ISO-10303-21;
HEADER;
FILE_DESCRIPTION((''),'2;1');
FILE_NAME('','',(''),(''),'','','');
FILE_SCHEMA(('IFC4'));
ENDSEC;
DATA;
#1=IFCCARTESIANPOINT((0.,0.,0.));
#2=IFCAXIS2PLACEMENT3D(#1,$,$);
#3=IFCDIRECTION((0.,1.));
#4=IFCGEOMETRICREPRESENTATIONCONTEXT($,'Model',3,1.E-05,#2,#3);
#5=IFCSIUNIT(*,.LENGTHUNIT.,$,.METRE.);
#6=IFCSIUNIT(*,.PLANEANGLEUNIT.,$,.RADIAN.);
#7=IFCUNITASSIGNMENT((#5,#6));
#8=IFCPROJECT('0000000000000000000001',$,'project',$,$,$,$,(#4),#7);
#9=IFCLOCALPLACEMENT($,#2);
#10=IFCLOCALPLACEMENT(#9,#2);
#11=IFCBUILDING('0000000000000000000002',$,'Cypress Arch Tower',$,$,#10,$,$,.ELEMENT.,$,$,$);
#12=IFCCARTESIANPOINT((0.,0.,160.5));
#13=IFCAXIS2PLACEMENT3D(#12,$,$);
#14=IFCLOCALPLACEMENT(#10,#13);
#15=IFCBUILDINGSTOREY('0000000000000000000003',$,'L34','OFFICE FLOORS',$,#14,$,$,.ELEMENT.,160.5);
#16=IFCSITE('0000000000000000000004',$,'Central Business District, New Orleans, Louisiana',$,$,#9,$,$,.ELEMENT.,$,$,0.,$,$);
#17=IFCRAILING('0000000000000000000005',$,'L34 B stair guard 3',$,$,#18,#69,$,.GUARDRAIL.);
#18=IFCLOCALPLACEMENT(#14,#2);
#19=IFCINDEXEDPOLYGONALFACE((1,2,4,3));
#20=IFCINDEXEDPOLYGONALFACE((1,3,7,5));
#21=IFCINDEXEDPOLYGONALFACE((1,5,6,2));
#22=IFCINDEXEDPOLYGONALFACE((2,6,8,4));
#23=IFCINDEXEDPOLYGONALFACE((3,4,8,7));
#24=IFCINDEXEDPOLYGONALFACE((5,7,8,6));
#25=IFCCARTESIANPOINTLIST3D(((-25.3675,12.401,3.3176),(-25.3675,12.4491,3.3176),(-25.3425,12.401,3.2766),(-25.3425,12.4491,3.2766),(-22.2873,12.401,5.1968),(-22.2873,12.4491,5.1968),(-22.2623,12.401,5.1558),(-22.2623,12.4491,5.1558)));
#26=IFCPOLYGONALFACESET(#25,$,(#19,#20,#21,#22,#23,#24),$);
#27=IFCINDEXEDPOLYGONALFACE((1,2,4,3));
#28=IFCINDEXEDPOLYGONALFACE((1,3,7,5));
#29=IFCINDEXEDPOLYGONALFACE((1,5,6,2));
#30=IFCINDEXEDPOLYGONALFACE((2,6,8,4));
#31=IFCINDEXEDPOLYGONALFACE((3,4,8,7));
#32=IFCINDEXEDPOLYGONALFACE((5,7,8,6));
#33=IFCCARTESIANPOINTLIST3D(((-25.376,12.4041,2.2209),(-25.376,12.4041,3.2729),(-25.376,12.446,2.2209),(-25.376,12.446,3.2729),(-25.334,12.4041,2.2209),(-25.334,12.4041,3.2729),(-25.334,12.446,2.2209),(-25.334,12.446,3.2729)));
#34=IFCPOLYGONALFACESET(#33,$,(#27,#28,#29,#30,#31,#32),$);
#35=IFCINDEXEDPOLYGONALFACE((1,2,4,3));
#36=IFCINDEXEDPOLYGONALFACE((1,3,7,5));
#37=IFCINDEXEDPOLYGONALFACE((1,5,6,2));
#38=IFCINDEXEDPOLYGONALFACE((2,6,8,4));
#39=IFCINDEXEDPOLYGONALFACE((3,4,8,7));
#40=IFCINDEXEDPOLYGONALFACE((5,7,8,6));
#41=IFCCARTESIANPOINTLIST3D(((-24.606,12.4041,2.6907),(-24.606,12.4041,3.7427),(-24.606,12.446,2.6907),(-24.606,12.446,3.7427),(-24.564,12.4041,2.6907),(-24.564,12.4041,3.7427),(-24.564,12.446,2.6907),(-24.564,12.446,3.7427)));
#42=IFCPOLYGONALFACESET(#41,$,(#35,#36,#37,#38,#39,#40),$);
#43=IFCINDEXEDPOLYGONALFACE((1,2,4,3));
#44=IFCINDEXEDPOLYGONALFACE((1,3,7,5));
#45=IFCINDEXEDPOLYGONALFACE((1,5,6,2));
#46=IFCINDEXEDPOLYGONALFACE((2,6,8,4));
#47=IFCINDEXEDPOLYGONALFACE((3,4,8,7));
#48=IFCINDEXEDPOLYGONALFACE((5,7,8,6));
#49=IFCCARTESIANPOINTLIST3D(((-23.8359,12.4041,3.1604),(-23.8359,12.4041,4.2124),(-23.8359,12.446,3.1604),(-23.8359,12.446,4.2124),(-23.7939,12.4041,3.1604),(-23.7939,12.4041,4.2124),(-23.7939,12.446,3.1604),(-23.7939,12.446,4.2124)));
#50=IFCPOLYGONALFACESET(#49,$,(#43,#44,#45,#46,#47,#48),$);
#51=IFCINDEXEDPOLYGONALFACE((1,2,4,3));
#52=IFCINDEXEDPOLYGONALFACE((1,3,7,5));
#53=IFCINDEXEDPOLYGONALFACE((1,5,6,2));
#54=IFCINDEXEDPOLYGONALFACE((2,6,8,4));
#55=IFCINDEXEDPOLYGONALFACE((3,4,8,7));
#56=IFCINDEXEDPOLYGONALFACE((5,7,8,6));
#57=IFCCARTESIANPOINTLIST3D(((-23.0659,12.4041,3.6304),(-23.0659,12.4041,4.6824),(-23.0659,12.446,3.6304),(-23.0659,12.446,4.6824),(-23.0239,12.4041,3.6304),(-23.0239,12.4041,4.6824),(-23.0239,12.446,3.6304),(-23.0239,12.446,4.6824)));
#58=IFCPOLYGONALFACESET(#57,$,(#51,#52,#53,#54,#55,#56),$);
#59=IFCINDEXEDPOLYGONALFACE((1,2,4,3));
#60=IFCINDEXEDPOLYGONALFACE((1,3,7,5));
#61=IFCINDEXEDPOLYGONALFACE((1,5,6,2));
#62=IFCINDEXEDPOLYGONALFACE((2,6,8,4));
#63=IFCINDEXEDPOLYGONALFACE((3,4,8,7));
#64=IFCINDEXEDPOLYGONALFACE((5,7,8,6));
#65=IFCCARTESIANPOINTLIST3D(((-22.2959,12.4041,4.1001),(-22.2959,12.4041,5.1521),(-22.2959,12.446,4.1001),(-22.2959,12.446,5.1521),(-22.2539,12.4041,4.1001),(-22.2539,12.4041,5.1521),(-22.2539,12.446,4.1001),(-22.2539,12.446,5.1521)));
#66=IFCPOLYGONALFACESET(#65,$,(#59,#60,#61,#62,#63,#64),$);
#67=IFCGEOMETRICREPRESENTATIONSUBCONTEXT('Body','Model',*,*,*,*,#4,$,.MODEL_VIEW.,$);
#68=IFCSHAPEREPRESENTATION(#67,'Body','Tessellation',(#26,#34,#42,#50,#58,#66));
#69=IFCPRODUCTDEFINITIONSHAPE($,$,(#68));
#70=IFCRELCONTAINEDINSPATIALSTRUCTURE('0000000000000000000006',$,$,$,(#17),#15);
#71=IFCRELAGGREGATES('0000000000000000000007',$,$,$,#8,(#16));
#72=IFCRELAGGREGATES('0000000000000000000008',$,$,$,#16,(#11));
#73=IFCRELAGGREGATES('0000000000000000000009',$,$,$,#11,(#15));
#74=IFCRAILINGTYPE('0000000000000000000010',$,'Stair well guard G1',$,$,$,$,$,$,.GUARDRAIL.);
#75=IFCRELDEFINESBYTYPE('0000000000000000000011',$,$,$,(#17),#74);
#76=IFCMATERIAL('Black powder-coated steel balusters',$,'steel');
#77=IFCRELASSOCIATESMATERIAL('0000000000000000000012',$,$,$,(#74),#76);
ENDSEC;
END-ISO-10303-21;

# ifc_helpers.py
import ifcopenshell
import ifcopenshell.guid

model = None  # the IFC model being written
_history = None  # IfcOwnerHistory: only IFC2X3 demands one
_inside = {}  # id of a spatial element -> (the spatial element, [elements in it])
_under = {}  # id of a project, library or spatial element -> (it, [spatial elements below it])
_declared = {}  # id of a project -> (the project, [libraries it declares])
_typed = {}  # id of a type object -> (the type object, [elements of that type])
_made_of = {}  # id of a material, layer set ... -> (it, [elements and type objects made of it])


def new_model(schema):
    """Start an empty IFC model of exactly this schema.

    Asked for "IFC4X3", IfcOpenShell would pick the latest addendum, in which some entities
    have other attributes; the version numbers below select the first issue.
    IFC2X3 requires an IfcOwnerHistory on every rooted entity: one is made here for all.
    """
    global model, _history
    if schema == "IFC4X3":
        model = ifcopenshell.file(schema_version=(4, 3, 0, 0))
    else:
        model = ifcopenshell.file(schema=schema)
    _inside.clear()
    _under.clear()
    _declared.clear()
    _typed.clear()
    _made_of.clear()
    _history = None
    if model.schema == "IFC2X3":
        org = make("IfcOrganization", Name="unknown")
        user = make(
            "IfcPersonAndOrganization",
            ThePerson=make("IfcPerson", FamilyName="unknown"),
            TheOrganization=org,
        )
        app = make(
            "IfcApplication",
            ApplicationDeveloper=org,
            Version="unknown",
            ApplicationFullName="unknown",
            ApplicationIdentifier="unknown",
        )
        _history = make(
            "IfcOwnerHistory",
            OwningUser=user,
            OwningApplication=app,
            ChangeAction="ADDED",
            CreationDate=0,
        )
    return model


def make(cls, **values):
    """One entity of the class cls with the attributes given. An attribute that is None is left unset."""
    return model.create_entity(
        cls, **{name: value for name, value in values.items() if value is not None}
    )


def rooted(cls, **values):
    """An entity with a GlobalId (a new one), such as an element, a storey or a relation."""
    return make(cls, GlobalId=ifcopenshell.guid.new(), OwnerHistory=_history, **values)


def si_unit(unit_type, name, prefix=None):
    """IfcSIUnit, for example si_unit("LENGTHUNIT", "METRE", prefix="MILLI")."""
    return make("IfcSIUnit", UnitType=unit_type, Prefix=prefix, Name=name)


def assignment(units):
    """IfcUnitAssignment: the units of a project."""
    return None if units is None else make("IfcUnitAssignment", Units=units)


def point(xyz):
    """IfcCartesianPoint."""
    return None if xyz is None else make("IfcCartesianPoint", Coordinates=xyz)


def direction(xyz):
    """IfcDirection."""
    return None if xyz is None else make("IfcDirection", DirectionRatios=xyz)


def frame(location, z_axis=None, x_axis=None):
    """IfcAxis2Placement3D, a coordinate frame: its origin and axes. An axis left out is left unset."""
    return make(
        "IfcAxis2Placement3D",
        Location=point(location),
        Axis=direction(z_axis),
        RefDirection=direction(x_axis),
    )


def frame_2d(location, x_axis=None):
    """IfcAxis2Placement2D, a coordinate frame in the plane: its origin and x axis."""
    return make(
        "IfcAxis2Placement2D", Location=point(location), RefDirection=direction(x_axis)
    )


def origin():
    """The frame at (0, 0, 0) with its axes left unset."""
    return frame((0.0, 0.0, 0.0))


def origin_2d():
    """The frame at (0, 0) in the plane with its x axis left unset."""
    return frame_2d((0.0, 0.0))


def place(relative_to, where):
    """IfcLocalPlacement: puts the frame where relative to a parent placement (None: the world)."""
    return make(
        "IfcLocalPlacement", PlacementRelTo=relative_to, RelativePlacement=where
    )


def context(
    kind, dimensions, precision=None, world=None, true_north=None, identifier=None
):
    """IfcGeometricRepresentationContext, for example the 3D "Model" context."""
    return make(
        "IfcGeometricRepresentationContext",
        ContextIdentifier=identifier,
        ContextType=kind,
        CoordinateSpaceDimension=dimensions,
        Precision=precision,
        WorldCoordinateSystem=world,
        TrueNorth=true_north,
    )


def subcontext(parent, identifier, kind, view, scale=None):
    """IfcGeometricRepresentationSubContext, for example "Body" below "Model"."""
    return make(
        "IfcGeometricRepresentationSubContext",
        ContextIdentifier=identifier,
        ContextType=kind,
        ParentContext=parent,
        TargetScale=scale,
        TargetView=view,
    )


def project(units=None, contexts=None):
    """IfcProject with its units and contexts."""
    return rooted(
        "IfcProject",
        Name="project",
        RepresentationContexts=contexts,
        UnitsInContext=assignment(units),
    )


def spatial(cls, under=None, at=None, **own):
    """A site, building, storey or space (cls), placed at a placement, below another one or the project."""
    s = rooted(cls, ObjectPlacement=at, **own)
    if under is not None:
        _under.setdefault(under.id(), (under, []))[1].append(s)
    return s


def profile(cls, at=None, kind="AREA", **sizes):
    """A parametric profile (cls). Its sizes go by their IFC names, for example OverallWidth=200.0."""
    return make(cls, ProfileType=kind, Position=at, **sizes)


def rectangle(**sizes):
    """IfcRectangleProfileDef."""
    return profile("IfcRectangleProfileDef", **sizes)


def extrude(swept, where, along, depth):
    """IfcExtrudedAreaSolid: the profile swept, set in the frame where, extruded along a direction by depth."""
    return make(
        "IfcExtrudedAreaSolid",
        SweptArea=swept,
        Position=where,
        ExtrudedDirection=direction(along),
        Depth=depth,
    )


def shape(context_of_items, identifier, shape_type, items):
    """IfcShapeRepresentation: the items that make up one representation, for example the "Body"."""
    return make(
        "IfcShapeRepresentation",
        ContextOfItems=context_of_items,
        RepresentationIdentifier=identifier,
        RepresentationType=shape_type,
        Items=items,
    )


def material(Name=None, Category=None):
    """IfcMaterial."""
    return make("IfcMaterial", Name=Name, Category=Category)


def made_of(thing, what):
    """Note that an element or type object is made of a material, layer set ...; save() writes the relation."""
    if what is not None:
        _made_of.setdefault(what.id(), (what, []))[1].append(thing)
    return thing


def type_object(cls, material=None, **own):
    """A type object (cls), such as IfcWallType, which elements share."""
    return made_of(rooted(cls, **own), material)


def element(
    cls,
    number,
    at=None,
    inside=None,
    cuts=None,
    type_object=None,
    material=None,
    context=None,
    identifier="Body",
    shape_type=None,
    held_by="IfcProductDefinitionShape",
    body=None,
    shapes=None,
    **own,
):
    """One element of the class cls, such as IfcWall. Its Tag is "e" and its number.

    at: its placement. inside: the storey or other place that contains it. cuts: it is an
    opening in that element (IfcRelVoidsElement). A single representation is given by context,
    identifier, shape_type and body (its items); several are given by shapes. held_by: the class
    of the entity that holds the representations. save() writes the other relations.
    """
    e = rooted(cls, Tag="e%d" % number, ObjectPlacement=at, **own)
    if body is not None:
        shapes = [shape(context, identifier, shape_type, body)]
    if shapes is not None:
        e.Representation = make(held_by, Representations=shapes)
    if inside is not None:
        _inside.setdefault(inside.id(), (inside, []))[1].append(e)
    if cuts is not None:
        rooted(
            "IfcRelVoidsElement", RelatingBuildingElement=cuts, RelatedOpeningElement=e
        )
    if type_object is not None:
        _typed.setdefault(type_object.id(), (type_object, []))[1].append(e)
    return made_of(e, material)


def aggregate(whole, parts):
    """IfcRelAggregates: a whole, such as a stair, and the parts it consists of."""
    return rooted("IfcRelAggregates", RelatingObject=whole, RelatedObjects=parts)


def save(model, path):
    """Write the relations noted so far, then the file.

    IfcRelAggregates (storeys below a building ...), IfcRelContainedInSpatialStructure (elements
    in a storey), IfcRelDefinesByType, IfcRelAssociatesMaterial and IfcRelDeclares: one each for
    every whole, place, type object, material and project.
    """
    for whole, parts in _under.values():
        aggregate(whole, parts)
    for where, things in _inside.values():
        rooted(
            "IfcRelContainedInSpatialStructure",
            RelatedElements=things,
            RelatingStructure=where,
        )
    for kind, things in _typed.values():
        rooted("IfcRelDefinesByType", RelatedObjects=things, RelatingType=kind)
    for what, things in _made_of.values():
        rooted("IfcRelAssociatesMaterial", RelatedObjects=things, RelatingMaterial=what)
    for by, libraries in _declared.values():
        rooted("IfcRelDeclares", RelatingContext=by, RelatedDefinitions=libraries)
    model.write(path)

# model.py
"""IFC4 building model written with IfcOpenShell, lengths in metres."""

from ifc_helpers import new_model, si_unit, direction, frame, origin, origin_2d, place, context, subcontext, project, spatial, rectangle, extrude, material, type_object, element, save


model = new_model("IFC4")

# Units and contexts
model_context = context("Model", 3, precision=1e-05, world=origin(), true_north=direction((0.0, 1.0)))
body_context = subcontext(model_context, "Body", "Model", "MODEL_VIEW")
ifc_project = project(units=[si_unit("LENGTHUNIT", "METRE"), si_unit("PLANEANGLEUNIT", "RADIAN")], contexts=[model_context])

# Site, building, storey
site_placement = place(None, origin())
site = spatial("IfcSite", under=ifc_project, at=site_placement, Name="Central Business District, New Orleans, Louisiana", CompositionType="ELEMENT", RefElevation=0.0)
building_placement = place(site_placement, origin())
building = spatial("IfcBuilding", under=site, at=building_placement, Name="Cypress Arch Tower", CompositionType="ELEMENT")
storey_placement = place(building_placement, frame((0.0, 0.0, 160.5)))
storey = spatial("IfcBuildingStorey", under=building, at=storey_placement, Name="L34", Description="OFFICE FLOORS", CompositionType="ELEMENT", Elevation=160.5)

# Railing
ifc_material_1 = material(Name="Black powder-coated steel balusters", Category="steel")
railing_type_1 = type_object("IfcRailingType", Name="Stair well guard G1", PredefinedType="GUARDRAIL", material=ifc_material_1)
railing_1_placement = place(storey_placement, frame((-25.355, 12.425, 2.2209)))
element("IfcRailing", 1, at=railing_1_placement, inside=storey, type_object=railing_type_1, Name="L34 B stair guard 3", PredefinedType="GUARDRAIL", context=body_context, shape_type="SweptSolid", body=[
    extrude(rectangle(XDim=0.0481, YDim=0.0481, at=origin_2d()), frame((0.0, 0.0, 1.0762), z_axis=(0.853666, 0.0, 0.52082), x_axis=(0.0, 1.0, 0.0)), (0.0, 0.0, 1.0), 3.6082),
    extrude(rectangle(XDim=0.042, YDim=0.042, at=origin_2d()), origin(), (0.0, 0.0, 1.0), 1.052),
    extrude(rectangle(XDim=0.042, YDim=0.042, at=origin_2d()), frame((0.77, 0.0, 0.4697)), (0.0, 0.0, 1.0), 1.052),
    extrude(rectangle(XDim=0.042, YDim=0.042, at=origin_2d()), frame((1.54, 0.0, 0.9395)), (0.0, 0.0, 1.0), 1.052),
    extrude(rectangle(XDim=0.042, YDim=0.042, at=origin_2d()), frame((2.3101, 0.0, 1.4094)), (0.0, 0.0, 1.0), 1.052),
    extrude(rectangle(XDim=0.042, YDim=0.042, at=origin_2d()), frame((3.0801, 0.0, 1.8792)), (0.0, 0.0, 1.0), 1.052),
])

save(model, "model.ifc")
